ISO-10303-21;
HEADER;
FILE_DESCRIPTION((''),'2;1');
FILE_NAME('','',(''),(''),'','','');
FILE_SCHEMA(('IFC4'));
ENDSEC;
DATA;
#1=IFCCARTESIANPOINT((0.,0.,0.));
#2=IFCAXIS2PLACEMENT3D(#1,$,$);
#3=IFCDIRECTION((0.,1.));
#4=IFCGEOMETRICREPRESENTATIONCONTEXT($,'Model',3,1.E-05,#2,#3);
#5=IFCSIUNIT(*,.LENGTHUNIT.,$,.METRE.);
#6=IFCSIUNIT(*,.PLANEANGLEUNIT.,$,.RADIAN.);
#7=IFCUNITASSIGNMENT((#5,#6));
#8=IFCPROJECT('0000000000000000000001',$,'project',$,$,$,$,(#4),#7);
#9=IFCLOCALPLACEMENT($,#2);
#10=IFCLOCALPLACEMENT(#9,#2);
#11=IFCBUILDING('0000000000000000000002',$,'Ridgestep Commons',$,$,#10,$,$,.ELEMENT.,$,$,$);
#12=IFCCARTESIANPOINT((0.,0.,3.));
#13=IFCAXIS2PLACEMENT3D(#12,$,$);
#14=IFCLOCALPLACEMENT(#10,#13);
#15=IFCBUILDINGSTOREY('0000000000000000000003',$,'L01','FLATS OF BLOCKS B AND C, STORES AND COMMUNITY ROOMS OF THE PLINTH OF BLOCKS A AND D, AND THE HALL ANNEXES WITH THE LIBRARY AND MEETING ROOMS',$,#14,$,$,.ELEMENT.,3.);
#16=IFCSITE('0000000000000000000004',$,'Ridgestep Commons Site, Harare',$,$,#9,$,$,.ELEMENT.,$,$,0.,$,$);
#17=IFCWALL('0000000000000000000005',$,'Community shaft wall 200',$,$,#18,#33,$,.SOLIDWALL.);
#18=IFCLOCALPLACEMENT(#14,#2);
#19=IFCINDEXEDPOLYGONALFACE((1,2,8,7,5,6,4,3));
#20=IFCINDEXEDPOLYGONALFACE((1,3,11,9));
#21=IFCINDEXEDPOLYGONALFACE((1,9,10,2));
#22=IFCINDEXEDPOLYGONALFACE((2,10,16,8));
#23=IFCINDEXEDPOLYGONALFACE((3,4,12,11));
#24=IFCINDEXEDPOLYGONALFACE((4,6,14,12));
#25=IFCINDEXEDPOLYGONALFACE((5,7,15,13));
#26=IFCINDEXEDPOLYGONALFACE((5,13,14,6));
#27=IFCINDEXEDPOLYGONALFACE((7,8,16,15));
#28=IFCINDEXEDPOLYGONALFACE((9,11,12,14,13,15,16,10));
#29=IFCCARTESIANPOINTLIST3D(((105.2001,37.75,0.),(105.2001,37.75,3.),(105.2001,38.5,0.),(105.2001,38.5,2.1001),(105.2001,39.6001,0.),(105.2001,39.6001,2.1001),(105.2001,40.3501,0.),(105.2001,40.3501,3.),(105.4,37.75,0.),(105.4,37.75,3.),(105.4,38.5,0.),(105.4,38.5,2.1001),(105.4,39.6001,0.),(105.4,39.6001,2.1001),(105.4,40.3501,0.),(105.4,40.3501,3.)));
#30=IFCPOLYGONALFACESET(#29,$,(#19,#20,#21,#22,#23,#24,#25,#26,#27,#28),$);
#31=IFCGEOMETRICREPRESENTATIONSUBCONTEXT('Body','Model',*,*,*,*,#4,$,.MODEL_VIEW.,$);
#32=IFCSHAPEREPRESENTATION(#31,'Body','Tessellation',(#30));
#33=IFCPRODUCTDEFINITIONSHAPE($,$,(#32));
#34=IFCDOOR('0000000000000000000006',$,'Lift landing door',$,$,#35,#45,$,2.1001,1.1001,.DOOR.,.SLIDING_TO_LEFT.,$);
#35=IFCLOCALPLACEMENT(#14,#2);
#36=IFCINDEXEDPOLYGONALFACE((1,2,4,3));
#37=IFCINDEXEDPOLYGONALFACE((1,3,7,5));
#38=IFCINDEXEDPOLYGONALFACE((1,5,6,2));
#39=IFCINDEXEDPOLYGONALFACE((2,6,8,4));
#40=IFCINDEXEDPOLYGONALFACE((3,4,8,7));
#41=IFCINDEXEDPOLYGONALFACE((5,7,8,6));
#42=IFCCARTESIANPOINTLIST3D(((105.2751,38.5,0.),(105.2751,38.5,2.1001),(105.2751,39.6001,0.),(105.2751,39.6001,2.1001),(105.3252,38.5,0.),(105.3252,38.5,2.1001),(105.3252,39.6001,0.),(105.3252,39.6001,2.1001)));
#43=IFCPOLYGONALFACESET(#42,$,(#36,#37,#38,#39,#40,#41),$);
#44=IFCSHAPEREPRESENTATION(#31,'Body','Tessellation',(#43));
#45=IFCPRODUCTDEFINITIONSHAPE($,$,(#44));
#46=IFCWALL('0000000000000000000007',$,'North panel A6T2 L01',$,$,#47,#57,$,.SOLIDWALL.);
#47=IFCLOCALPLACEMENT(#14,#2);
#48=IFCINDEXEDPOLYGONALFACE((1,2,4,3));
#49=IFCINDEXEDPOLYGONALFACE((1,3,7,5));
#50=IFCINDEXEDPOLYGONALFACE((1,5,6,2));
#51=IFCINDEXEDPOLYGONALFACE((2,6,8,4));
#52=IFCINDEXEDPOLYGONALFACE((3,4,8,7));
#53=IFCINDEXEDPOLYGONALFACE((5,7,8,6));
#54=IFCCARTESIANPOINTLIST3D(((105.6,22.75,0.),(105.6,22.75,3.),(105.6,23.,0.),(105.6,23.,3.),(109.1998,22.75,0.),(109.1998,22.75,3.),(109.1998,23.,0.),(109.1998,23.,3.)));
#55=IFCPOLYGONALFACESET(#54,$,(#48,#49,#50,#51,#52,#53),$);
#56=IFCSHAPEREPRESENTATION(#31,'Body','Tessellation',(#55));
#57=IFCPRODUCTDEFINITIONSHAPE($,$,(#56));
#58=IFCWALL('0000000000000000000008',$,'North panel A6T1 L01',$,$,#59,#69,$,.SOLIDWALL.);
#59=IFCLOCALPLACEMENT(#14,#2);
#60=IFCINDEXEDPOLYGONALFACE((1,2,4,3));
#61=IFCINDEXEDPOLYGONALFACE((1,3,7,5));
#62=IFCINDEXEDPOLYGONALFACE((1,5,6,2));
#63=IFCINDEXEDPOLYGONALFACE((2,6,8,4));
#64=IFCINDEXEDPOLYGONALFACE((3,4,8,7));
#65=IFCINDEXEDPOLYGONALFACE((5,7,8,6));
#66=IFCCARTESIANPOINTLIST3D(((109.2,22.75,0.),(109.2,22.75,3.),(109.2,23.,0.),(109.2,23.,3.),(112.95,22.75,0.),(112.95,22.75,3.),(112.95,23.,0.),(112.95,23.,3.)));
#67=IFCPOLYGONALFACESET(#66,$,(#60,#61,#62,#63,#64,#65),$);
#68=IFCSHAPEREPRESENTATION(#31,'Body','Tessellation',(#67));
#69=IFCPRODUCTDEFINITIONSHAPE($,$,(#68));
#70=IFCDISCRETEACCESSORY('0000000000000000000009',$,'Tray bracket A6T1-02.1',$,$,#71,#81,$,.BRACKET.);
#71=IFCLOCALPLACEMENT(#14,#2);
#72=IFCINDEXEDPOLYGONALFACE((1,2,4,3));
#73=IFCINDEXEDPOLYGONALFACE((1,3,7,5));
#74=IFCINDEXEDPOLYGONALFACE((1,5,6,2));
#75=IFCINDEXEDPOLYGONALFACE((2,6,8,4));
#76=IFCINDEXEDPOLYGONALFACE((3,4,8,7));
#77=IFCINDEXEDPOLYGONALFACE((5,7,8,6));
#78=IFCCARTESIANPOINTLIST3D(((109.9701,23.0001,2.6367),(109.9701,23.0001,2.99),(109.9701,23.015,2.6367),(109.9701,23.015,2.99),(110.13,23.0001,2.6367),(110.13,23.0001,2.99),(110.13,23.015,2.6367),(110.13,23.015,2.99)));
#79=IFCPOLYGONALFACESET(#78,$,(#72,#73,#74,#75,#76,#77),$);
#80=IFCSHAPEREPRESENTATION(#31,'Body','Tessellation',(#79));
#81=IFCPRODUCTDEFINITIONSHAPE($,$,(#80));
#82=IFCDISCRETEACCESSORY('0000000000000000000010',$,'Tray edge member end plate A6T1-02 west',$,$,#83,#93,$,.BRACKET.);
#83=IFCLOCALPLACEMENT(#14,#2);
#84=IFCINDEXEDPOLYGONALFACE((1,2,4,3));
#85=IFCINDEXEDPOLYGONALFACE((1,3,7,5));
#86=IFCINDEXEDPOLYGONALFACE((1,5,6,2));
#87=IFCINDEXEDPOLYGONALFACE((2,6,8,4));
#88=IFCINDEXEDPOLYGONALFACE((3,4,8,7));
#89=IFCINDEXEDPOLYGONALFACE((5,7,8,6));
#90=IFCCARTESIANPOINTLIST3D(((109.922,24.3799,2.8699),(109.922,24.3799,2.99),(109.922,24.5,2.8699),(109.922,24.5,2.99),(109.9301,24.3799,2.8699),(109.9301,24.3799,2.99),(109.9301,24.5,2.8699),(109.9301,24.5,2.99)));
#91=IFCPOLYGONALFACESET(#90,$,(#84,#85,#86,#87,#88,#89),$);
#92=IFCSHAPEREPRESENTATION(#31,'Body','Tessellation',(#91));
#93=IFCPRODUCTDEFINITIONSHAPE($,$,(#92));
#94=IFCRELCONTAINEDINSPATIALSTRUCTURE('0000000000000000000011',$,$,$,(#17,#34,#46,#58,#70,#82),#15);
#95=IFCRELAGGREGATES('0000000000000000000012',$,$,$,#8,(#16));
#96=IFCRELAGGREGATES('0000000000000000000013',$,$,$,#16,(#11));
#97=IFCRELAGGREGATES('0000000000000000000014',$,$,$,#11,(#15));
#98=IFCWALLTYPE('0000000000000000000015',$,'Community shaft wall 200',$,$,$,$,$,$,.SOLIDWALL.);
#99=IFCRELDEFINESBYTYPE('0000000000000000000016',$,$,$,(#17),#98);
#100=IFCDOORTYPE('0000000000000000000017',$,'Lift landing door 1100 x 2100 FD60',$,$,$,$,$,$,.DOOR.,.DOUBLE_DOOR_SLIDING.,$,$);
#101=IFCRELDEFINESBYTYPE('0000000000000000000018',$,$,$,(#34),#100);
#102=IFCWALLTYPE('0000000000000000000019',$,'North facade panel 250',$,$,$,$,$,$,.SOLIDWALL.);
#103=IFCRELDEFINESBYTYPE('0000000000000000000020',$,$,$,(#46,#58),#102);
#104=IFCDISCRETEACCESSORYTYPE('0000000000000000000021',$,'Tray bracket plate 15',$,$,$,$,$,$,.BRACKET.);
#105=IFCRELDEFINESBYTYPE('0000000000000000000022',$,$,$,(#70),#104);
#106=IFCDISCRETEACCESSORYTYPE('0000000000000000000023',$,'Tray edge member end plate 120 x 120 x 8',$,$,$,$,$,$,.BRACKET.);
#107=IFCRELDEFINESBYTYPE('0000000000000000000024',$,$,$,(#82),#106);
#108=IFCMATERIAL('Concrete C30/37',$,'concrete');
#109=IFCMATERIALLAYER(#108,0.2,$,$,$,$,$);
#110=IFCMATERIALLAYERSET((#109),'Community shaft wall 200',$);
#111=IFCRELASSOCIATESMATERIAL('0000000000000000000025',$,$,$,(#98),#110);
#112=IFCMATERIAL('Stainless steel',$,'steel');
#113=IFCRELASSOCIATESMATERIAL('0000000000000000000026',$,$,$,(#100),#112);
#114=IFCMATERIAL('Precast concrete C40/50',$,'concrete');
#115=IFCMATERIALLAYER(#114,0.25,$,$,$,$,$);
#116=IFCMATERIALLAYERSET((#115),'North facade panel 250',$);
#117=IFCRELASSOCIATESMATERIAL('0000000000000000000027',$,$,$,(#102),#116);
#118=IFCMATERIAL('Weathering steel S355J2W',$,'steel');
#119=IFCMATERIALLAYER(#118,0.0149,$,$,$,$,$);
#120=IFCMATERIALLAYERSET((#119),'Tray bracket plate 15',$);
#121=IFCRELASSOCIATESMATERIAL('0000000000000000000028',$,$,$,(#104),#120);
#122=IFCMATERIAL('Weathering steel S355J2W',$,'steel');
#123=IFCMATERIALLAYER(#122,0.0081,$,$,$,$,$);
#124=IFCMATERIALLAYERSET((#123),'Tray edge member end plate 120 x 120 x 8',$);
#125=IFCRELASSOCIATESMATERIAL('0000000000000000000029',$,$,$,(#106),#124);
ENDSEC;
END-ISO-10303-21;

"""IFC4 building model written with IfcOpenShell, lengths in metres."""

from ifc_helpers import new_model, si_unit, direction, frame, frame_2d, origin, origin_2d, place, context, subcontext, project, spatial, rectangle, extrude, material, layer, layer_set, type_object, element, fill, save


model = new_model("IFC4")

# Units and contexts
model_context = context("Model", 3, precision=1e-05, world=origin(), true_north=direction((0.0, 1.0)))
body_context = subcontext(model_context, "Body", "Model", "MODEL_VIEW")
ifc_project = project(units=[si_unit("LENGTHUNIT", "METRE"), si_unit("PLANEANGLEUNIT", "RADIAN")], contexts=[model_context])

# Site, building, storey
site_placement = place(None, origin())
site = spatial("IfcSite", under=ifc_project, at=site_placement, Name="Ridgestep Commons Site, Harare", CompositionType="ELEMENT", RefElevation=0.0)
building_placement = place(site_placement, origin())
building = spatial("IfcBuilding", under=site, at=building_placement, Name="Ridgestep Commons", CompositionType="ELEMENT")
storey_placement = place(building_placement, frame((0.0, 0.0, 3.0)))
storey = spatial("IfcBuildingStorey", under=building, at=storey_placement, Name="L01", Description="FLATS OF BLOCKS B AND C, STORES AND COMMUNITY ROOMS OF THE PLINTH OF BLOCKS A AND D, AND THE HALL ANNEXES WITH THE LIBRARY AND MEETING ROOMS", CompositionType="ELEMENT", Elevation=3.0)

# Shared definitions
ifc_material_1 = material(Name="Concrete C30/37", Category="concrete")
ifc_layer_1 = layer(ifc_material_1, 0.2)
ifc_layer_set_1 = layer_set([ifc_layer_1], Name="Community shaft wall 200")
wall_type_1 = type_object("IfcWallType", Name="Community shaft wall 200", PredefinedType="SOLIDWALL", material=ifc_layer_set_1)

# Wall, opening, door
wall_1_placement = place(storey_placement, frame((105.3, 37.75, 0.0), z_axis=(0.0, 0.0, 1.0), x_axis=(0.0, 1.0, 0.0)))
wall_1 = element("IfcWall", 1, at=wall_1_placement, inside=storey, type_object=wall_type_1, Name="Community shaft wall 200", PredefinedType="SOLIDWALL", context=body_context, shape_type="SweptSolid", body=[
    extrude(rectangle(XDim=2.6001, YDim=0.2, at=frame_2d((1.3, 0.0))), origin(), (0.0, 0.0, 1.0), 3.0),
])
opening_1_placement = place(wall_1_placement, frame((0.75, 0.0, 0.0)))
opening_1 = element("IfcOpeningElement", 2, at=opening_1_placement, cuts=wall_1, PredefinedType="OPENING", context=body_context, shape_type="SweptSolid", body=[
    extrude(rectangle(XDim=1.1001, YDim=2.1001, at=frame_2d((0.55, 1.05))), frame((0.0, 0.1099, 0.0), z_axis=(0.0, -1.0, 0.0), x_axis=(1.0, 0.0, 0.0)), (0.0, 0.0, 1.0), 0.22),
])
ifc_material_2 = material(Name="Stainless steel", Category="steel")
door_type_1 = type_object("IfcDoorType", Name="Lift landing door 1100 x 2100 FD60", OperationType="DOUBLE_DOOR_SLIDING", PredefinedType="DOOR", material=ifc_material_2)
door_1_placement = place(opening_1_placement, origin())
door_1 = element("IfcDoor", 3, at=door_1_placement, inside=storey, type_object=door_type_1, Name="Lift landing door", OperationType="SLIDING_TO_LEFT", OverallHeight=2.1001, OverallWidth=1.1001, PredefinedType="DOOR", context=body_context, shape_type="SweptSolid", body=[
    extrude(rectangle(XDim=1.1001, YDim=2.1001, at=frame_2d((0.55, 1.05))), frame((0.0, 0.0249, 0.0), z_axis=(0.0, -1.0, 0.0), x_axis=(1.0, 0.0, 0.0)), (0.0, 0.0, 1.0), 0.05),
])
fill(opening_1, door_1)

# Walls
ifc_material_3 = material(Name="Precast concrete C40/50", Category="concrete")
ifc_layer_2 = layer(ifc_material_3, 0.25)
ifc_layer_set_2 = layer_set([ifc_layer_2], Name="North facade panel 250")
wall_type_2 = type_object("IfcWallType", Name="North facade panel 250", PredefinedType="SOLIDWALL", material=ifc_layer_set_2)
wall_2_placement = place(storey_placement, frame((105.6001, 22.875, 0.0), z_axis=(0.0, 0.0, 1.0), x_axis=(1.0, 0.0, 0.0)))
element("IfcWall", 4, at=wall_2_placement, inside=storey, type_object=wall_type_2, Name="North panel A6T2 L01", PredefinedType="SOLIDWALL", context=body_context, shape_type="SweptSolid", body=[
    extrude(rectangle(XDim=3.5999, YDim=0.25, at=frame_2d((1.7998, 0.0))), origin(), (0.0, 0.0, 1.0), 3.0),
])
wall_3_placement = place(storey_placement, frame((109.2, 22.875, 0.0), z_axis=(0.0, 0.0, 1.0), x_axis=(1.0, 0.0, 0.0)))
element("IfcWall", 5, at=wall_3_placement, inside=storey, type_object=wall_type_2, Name="North panel A6T1 L01", PredefinedType="SOLIDWALL", context=body_context, shape_type="SweptSolid", body=[
    extrude(rectangle(XDim=3.75, YDim=0.25, at=frame_2d((1.875, 0.0))), origin(), (0.0, 0.0, 1.0), 3.0),
])

# Discrete accessories
ifc_material_4 = material(Name="Weathering steel S355J2W", Category="steel")
ifc_layer_3 = layer(ifc_material_4, 0.0149)
ifc_layer_set_3 = layer_set([ifc_layer_3], Name="Tray bracket plate 15")
discrete_accessory_type_1 = type_object("IfcDiscreteAccessoryType", Name="Tray bracket plate 15", PredefinedType="BRACKET", material=ifc_layer_set_3)
discrete_accessory_1_placement = place(storey_placement, frame((110.05, 23.0076, 2.6367), z_axis=(0.0, 0.0, 1.0), x_axis=(1.0, 0.0, 0.0)))
element("IfcDiscreteAccessory", 6, at=discrete_accessory_1_placement, inside=storey, type_object=discrete_accessory_type_1, Name="Tray bracket A6T1-02.1", PredefinedType="BRACKET", context=body_context, shape_type="SweptSolid", body=[
    extrude(rectangle(XDim=0.1599, YDim=0.0149, at=origin_2d()), origin(), (0.0, 0.0, 1.0), 0.3533),
])
ifc_material_5 = material(Name="Weathering steel S355J2W", Category="steel")
ifc_layer_4 = layer(ifc_material_5, 0.0081)
ifc_layer_set_4 = layer_set([ifc_layer_4], Name="Tray edge member end plate 120 x 120 x 8")
discrete_accessory_type_2 = type_object("IfcDiscreteAccessoryType", Name="Tray edge member end plate 120 x 120 x 8", PredefinedType="BRACKET", material=ifc_layer_set_4)
discrete_accessory_2_placement = place(storey_placement, frame((109.926, 24.4399, 2.8699), z_axis=(0.0, 0.0, 1.0), x_axis=(1.0, 0.0, 0.0)))
element("IfcDiscreteAccessory", 7, at=discrete_accessory_2_placement, inside=storey, type_object=discrete_accessory_type_2, Name="Tray edge member end plate A6T1-02 west", PredefinedType="BRACKET", context=body_context, shape_type="SweptSolid", body=[
    extrude(rectangle(XDim=0.0081, YDim=0.1201, at=origin_2d()), origin(), (0.0, 0.0, 1.0), 0.1201),
])

save(model, "model.ifc")
